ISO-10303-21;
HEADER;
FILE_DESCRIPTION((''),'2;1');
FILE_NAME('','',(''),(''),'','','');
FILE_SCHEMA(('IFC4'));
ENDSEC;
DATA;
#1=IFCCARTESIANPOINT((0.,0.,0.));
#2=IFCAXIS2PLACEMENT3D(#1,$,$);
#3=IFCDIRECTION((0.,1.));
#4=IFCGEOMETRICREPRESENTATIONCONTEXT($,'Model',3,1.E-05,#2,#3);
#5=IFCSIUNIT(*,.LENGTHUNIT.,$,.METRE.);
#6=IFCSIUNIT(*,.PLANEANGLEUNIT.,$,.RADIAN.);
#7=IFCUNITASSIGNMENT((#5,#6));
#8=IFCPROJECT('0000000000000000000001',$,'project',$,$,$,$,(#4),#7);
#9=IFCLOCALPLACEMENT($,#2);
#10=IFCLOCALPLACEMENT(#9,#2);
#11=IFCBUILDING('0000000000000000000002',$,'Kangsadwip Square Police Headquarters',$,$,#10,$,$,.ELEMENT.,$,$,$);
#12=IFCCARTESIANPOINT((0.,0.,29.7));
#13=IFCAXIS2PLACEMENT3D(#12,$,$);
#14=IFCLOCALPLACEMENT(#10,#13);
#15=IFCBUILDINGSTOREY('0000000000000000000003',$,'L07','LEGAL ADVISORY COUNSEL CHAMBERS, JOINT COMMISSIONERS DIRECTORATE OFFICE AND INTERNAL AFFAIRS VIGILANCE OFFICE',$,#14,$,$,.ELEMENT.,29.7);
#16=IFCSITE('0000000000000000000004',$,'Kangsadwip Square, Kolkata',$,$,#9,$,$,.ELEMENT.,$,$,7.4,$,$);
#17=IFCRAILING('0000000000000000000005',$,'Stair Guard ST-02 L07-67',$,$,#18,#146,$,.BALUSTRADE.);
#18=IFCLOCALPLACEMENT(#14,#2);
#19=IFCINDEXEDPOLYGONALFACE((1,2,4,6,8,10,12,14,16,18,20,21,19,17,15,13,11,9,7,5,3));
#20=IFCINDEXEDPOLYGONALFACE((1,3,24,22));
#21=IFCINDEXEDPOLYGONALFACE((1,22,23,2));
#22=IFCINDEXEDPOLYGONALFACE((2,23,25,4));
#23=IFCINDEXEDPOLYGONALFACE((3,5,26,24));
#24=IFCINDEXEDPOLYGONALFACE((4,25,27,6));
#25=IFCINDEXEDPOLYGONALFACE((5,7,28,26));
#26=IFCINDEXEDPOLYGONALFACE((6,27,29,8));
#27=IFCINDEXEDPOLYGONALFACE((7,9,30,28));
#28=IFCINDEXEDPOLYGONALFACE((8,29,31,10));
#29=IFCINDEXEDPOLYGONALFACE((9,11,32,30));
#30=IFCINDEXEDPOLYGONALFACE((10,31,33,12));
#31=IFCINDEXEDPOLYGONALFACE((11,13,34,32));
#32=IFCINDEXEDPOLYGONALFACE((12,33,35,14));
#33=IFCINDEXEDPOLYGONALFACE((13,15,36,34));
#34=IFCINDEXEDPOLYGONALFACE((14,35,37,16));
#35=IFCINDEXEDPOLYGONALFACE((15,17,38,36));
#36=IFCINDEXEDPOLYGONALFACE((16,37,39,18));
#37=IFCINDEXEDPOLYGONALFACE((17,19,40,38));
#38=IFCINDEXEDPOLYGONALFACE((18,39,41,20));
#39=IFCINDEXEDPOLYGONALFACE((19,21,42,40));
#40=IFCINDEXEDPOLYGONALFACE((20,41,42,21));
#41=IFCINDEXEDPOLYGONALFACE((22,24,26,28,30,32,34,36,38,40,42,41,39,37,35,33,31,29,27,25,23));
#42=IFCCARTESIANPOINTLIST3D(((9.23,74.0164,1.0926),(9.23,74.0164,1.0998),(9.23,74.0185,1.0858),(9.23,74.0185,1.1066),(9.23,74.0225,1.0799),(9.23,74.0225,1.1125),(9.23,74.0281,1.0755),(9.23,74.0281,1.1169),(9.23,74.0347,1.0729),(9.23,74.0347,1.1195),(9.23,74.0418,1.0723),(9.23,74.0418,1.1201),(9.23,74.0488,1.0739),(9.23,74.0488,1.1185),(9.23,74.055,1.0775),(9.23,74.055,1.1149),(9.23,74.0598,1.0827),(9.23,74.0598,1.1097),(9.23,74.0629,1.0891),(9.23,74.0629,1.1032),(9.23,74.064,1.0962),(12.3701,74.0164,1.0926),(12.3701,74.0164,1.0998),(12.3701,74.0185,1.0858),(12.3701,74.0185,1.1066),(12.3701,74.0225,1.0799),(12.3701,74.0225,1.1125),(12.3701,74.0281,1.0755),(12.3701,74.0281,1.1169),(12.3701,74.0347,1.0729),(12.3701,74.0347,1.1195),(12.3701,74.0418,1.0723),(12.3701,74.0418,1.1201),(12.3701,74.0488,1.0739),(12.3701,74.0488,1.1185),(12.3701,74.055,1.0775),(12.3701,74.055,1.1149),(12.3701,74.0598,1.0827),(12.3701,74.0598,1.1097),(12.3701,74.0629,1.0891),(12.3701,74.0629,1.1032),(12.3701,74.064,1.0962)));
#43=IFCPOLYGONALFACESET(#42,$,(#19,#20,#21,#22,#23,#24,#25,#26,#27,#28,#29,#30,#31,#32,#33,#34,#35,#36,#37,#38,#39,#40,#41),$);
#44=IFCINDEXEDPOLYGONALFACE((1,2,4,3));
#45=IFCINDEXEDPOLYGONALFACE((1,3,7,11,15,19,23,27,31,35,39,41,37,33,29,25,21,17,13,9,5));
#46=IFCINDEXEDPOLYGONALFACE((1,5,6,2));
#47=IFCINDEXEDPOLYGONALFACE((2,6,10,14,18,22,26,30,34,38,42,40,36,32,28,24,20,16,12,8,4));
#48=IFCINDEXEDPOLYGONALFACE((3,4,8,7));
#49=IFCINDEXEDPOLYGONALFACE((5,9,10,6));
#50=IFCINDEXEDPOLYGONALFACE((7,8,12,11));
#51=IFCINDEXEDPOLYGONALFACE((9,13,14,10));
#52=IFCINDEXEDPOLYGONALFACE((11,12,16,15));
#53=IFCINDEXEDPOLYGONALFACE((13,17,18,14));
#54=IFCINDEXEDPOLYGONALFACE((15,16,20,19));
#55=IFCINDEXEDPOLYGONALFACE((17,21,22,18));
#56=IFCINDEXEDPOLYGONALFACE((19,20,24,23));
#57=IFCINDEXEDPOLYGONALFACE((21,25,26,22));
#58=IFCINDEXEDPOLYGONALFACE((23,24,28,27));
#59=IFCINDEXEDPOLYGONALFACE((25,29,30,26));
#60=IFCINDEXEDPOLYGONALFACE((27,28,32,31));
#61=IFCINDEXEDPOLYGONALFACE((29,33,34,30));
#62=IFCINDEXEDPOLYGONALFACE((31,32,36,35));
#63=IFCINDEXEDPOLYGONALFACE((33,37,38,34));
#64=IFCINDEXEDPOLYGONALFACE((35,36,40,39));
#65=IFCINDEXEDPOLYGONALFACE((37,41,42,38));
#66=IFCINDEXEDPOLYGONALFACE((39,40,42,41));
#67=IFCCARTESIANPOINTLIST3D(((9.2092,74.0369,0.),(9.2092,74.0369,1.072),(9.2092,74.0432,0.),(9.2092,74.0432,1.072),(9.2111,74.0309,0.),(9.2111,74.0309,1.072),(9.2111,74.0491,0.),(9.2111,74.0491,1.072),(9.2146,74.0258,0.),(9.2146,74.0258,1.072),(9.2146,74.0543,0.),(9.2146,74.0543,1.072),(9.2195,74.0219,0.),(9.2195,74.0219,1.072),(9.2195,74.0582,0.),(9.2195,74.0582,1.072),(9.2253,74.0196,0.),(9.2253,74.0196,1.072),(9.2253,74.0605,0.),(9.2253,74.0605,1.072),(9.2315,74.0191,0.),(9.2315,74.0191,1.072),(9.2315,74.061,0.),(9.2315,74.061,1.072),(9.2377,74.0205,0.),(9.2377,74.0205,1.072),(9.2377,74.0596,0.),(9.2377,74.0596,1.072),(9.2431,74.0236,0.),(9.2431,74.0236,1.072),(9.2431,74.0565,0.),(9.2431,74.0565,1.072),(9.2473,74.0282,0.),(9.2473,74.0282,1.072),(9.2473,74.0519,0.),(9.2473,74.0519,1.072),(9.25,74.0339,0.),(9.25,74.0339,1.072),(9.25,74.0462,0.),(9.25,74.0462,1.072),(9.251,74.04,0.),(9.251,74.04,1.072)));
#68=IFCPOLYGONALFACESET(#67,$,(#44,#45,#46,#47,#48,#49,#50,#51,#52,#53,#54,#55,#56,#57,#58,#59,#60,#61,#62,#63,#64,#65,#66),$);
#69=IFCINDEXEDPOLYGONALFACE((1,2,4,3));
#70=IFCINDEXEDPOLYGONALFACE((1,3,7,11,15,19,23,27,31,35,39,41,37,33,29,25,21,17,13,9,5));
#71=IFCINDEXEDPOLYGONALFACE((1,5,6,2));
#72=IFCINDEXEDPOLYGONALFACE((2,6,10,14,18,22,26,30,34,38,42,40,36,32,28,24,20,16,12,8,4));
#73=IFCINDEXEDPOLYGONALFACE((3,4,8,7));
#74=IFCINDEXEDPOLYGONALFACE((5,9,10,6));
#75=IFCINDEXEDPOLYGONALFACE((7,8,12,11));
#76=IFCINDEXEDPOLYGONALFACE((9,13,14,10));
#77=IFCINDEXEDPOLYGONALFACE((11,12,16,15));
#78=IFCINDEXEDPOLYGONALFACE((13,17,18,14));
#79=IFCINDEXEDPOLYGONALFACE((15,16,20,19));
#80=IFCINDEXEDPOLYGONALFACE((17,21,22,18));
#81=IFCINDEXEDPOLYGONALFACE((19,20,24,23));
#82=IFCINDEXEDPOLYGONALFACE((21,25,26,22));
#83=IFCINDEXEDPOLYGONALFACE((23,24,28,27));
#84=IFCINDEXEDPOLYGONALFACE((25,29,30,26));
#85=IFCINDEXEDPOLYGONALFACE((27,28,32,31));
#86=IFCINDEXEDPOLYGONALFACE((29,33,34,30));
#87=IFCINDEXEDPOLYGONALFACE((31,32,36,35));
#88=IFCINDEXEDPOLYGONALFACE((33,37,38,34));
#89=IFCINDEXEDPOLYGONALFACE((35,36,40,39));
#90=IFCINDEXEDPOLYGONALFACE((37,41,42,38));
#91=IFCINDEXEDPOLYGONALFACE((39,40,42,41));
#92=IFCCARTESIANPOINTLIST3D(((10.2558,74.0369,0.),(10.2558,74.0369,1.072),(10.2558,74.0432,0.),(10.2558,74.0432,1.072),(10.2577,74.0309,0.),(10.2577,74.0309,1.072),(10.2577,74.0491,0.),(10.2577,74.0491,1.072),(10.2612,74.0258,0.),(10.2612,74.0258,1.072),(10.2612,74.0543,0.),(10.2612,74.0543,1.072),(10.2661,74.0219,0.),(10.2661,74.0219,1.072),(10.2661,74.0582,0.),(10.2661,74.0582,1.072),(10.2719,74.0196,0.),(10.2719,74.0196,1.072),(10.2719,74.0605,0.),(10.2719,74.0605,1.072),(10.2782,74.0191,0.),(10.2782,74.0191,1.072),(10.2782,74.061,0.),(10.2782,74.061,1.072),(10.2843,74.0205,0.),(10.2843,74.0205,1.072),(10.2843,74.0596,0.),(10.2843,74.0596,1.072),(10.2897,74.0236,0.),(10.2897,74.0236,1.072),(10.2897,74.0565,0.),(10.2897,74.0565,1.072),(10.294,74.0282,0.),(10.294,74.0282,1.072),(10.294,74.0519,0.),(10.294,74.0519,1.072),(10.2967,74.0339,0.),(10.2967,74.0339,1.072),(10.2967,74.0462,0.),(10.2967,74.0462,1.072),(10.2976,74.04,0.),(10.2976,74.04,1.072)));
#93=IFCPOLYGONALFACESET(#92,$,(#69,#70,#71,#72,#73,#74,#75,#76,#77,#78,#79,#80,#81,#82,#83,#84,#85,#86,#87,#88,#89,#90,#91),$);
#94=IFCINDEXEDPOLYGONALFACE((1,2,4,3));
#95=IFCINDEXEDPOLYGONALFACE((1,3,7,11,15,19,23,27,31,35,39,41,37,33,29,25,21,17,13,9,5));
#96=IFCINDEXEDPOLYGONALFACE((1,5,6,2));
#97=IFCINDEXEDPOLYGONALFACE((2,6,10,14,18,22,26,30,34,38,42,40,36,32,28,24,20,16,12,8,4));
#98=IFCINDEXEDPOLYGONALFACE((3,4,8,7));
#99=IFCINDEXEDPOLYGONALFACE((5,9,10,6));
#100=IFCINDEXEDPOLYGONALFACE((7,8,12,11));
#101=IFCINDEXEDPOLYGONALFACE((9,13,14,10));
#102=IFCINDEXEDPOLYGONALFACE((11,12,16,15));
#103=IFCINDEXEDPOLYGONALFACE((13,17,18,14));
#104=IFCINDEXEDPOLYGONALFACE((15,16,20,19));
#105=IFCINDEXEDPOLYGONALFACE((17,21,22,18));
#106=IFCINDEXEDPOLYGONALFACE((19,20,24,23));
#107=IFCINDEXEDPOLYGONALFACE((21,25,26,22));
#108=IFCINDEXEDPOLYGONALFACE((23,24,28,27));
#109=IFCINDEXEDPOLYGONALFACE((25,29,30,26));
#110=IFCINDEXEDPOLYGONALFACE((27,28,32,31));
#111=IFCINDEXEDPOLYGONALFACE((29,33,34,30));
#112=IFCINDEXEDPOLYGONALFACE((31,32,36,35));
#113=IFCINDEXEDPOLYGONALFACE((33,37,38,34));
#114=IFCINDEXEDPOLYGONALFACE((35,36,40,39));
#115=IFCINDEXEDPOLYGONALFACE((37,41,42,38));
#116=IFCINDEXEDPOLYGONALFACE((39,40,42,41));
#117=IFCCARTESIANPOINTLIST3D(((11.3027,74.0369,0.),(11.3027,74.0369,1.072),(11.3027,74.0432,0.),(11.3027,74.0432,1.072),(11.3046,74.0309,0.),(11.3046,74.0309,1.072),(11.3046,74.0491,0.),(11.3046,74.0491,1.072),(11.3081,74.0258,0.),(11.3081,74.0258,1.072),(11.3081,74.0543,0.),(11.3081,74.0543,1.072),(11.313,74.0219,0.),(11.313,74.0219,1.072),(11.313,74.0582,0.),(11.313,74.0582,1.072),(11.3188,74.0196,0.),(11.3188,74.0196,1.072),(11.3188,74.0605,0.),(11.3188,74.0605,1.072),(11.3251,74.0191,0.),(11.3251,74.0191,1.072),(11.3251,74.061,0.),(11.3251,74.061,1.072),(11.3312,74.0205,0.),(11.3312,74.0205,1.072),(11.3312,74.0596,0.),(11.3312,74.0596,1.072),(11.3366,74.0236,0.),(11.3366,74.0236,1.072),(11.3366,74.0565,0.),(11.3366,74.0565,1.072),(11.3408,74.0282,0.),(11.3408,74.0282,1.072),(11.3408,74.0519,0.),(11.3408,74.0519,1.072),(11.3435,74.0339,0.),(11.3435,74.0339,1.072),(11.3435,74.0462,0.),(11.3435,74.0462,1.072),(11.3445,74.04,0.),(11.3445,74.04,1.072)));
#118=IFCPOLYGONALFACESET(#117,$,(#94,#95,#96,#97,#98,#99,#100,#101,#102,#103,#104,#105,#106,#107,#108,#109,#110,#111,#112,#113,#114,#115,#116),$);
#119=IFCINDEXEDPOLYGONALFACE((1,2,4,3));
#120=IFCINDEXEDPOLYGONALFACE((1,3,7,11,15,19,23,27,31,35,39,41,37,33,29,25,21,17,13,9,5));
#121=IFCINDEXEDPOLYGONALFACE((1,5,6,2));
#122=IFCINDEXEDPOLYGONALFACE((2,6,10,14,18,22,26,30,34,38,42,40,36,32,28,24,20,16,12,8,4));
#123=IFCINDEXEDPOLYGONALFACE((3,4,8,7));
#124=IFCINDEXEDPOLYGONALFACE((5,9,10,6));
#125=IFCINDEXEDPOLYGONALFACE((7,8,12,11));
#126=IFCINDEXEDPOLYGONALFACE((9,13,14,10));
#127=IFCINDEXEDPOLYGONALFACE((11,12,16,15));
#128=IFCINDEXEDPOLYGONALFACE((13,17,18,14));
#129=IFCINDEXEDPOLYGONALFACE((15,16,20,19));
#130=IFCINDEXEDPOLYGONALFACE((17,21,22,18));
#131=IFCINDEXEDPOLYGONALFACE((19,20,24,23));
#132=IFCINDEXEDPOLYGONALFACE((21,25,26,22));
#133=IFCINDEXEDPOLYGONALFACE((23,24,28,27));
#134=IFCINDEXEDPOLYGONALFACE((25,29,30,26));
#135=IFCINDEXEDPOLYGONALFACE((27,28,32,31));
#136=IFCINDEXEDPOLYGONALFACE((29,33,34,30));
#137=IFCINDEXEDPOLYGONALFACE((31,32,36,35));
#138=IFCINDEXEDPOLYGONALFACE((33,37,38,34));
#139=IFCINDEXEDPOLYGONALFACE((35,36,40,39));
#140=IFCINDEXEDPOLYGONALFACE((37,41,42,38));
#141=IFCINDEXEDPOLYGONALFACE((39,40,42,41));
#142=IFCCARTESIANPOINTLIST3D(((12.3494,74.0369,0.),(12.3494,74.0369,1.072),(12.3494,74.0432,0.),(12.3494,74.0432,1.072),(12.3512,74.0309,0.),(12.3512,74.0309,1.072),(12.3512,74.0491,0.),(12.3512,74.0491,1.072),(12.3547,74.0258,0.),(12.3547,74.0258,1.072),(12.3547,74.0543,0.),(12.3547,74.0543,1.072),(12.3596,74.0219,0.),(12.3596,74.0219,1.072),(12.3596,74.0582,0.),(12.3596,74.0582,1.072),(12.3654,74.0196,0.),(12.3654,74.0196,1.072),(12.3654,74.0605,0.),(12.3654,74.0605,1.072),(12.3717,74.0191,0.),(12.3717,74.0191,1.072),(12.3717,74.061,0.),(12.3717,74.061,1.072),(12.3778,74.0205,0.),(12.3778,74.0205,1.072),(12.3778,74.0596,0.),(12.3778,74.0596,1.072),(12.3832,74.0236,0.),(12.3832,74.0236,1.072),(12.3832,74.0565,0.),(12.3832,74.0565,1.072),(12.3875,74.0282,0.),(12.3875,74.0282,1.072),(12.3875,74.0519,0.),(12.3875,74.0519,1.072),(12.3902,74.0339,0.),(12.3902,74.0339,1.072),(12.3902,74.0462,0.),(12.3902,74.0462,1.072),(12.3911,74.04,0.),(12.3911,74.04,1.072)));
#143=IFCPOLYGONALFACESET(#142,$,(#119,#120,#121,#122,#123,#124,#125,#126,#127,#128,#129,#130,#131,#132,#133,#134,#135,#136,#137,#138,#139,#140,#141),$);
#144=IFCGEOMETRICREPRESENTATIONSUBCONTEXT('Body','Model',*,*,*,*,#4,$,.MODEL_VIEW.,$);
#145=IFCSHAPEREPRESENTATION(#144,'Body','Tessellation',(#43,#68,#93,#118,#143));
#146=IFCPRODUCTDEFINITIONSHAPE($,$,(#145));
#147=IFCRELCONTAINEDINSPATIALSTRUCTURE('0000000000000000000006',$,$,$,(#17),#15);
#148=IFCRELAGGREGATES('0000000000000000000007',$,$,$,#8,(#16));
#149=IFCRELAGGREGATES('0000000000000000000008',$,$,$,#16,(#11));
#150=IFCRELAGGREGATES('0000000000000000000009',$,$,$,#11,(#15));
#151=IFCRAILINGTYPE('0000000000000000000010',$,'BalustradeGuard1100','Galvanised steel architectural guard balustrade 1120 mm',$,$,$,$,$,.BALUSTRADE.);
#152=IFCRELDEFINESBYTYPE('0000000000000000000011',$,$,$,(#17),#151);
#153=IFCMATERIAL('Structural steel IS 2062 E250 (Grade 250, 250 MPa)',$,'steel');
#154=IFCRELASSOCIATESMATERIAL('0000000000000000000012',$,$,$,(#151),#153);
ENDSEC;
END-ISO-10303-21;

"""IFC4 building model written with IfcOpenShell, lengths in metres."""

from ifc_helpers import new_model, si_unit, direction, frame, origin, origin_2d, place, context, subcontext, project, spatial, circle, extrude, material, type_object, element, save


model = new_model("IFC4")

# Units and contexts
model_context = context("Model", 3, precision=1e-05, world=origin(), true_north=direction((0.0, 1.0)))
body_context = subcontext(model_context, "Body", "Model", "MODEL_VIEW")
ifc_project = project(units=[si_unit("LENGTHUNIT", "METRE"), si_unit("PLANEANGLEUNIT", "RADIAN")], contexts=[model_context])

# Site, building, storey
site_placement = place(None, origin())
site = spatial("IfcSite", under=ifc_project, at=site_placement, Name="Kangsadwip Square, Kolkata", CompositionType="ELEMENT", RefElevation=7.4)
building_placement = place(site_placement, origin())
building = spatial("IfcBuilding", under=site, at=building_placement, Name="Kangsadwip Square Police Headquarters", CompositionType="ELEMENT")
storey_placement = place(building_placement, frame((0.0, 0.0, 29.7)))
storey = spatial("IfcBuildingStorey", under=building, at=storey_placement, Name="L07", Description="LEGAL ADVISORY COUNSEL CHAMBERS, JOINT COMMISSIONERS DIRECTORATE OFFICE AND INTERNAL AFFAIRS VIGILANCE OFFICE", CompositionType="ELEMENT", Elevation=29.7)

# Railing
ifc_material_1 = material(Name="Structural steel IS 2062 E250 (Grade 250, 250 MPa)", Category="steel")
railing_type_1 = type_object("IfcRailingType", Name="BalustradeGuard1100", Description="Galvanised steel architectural guard balustrade 1120 mm", PredefinedType="BALUSTRADE", material=ifc_material_1)
for number, where, name in (
    (1, (9.23, 74.04, 0.0), "Stair Guard ST-02 L07-67"),
):
    element("IfcRailing", number, at=place(storey_placement, frame(where)), inside=storey, type_object=railing_type_1, Name=name, PredefinedType="BALUSTRADE", context=body_context, shape_type="SweptSolid", body=[
        extrude(circle(Radius=0.0239, at=origin_2d()), frame((0.0, 0.0, 1.0962), z_axis=(1.0, 0.0, 0.0), x_axis=(0.0, 1.0, 0.0)), (0.0, 0.0, 1.0), 3.1401),
        extrude(circle(Radius=0.021, at=origin_2d()), origin(), (0.0, 0.0, 1.0), 1.072),
        extrude(circle(Radius=0.021, at=origin_2d()), frame((1.0466, 0.0, 0.0)), (0.0, 0.0, 1.0), 1.072),
        extrude(circle(Radius=0.021, at=origin_2d()), frame((2.0935, 0.0, 0.0)), (0.0, 0.0, 1.0), 1.072),
        extrude(circle(Radius=0.021, at=origin_2d()), frame((3.1401, 0.0, 0.0)), (0.0, 0.0, 1.0), 1.072),
    ])

save(model, "model.ifc")
